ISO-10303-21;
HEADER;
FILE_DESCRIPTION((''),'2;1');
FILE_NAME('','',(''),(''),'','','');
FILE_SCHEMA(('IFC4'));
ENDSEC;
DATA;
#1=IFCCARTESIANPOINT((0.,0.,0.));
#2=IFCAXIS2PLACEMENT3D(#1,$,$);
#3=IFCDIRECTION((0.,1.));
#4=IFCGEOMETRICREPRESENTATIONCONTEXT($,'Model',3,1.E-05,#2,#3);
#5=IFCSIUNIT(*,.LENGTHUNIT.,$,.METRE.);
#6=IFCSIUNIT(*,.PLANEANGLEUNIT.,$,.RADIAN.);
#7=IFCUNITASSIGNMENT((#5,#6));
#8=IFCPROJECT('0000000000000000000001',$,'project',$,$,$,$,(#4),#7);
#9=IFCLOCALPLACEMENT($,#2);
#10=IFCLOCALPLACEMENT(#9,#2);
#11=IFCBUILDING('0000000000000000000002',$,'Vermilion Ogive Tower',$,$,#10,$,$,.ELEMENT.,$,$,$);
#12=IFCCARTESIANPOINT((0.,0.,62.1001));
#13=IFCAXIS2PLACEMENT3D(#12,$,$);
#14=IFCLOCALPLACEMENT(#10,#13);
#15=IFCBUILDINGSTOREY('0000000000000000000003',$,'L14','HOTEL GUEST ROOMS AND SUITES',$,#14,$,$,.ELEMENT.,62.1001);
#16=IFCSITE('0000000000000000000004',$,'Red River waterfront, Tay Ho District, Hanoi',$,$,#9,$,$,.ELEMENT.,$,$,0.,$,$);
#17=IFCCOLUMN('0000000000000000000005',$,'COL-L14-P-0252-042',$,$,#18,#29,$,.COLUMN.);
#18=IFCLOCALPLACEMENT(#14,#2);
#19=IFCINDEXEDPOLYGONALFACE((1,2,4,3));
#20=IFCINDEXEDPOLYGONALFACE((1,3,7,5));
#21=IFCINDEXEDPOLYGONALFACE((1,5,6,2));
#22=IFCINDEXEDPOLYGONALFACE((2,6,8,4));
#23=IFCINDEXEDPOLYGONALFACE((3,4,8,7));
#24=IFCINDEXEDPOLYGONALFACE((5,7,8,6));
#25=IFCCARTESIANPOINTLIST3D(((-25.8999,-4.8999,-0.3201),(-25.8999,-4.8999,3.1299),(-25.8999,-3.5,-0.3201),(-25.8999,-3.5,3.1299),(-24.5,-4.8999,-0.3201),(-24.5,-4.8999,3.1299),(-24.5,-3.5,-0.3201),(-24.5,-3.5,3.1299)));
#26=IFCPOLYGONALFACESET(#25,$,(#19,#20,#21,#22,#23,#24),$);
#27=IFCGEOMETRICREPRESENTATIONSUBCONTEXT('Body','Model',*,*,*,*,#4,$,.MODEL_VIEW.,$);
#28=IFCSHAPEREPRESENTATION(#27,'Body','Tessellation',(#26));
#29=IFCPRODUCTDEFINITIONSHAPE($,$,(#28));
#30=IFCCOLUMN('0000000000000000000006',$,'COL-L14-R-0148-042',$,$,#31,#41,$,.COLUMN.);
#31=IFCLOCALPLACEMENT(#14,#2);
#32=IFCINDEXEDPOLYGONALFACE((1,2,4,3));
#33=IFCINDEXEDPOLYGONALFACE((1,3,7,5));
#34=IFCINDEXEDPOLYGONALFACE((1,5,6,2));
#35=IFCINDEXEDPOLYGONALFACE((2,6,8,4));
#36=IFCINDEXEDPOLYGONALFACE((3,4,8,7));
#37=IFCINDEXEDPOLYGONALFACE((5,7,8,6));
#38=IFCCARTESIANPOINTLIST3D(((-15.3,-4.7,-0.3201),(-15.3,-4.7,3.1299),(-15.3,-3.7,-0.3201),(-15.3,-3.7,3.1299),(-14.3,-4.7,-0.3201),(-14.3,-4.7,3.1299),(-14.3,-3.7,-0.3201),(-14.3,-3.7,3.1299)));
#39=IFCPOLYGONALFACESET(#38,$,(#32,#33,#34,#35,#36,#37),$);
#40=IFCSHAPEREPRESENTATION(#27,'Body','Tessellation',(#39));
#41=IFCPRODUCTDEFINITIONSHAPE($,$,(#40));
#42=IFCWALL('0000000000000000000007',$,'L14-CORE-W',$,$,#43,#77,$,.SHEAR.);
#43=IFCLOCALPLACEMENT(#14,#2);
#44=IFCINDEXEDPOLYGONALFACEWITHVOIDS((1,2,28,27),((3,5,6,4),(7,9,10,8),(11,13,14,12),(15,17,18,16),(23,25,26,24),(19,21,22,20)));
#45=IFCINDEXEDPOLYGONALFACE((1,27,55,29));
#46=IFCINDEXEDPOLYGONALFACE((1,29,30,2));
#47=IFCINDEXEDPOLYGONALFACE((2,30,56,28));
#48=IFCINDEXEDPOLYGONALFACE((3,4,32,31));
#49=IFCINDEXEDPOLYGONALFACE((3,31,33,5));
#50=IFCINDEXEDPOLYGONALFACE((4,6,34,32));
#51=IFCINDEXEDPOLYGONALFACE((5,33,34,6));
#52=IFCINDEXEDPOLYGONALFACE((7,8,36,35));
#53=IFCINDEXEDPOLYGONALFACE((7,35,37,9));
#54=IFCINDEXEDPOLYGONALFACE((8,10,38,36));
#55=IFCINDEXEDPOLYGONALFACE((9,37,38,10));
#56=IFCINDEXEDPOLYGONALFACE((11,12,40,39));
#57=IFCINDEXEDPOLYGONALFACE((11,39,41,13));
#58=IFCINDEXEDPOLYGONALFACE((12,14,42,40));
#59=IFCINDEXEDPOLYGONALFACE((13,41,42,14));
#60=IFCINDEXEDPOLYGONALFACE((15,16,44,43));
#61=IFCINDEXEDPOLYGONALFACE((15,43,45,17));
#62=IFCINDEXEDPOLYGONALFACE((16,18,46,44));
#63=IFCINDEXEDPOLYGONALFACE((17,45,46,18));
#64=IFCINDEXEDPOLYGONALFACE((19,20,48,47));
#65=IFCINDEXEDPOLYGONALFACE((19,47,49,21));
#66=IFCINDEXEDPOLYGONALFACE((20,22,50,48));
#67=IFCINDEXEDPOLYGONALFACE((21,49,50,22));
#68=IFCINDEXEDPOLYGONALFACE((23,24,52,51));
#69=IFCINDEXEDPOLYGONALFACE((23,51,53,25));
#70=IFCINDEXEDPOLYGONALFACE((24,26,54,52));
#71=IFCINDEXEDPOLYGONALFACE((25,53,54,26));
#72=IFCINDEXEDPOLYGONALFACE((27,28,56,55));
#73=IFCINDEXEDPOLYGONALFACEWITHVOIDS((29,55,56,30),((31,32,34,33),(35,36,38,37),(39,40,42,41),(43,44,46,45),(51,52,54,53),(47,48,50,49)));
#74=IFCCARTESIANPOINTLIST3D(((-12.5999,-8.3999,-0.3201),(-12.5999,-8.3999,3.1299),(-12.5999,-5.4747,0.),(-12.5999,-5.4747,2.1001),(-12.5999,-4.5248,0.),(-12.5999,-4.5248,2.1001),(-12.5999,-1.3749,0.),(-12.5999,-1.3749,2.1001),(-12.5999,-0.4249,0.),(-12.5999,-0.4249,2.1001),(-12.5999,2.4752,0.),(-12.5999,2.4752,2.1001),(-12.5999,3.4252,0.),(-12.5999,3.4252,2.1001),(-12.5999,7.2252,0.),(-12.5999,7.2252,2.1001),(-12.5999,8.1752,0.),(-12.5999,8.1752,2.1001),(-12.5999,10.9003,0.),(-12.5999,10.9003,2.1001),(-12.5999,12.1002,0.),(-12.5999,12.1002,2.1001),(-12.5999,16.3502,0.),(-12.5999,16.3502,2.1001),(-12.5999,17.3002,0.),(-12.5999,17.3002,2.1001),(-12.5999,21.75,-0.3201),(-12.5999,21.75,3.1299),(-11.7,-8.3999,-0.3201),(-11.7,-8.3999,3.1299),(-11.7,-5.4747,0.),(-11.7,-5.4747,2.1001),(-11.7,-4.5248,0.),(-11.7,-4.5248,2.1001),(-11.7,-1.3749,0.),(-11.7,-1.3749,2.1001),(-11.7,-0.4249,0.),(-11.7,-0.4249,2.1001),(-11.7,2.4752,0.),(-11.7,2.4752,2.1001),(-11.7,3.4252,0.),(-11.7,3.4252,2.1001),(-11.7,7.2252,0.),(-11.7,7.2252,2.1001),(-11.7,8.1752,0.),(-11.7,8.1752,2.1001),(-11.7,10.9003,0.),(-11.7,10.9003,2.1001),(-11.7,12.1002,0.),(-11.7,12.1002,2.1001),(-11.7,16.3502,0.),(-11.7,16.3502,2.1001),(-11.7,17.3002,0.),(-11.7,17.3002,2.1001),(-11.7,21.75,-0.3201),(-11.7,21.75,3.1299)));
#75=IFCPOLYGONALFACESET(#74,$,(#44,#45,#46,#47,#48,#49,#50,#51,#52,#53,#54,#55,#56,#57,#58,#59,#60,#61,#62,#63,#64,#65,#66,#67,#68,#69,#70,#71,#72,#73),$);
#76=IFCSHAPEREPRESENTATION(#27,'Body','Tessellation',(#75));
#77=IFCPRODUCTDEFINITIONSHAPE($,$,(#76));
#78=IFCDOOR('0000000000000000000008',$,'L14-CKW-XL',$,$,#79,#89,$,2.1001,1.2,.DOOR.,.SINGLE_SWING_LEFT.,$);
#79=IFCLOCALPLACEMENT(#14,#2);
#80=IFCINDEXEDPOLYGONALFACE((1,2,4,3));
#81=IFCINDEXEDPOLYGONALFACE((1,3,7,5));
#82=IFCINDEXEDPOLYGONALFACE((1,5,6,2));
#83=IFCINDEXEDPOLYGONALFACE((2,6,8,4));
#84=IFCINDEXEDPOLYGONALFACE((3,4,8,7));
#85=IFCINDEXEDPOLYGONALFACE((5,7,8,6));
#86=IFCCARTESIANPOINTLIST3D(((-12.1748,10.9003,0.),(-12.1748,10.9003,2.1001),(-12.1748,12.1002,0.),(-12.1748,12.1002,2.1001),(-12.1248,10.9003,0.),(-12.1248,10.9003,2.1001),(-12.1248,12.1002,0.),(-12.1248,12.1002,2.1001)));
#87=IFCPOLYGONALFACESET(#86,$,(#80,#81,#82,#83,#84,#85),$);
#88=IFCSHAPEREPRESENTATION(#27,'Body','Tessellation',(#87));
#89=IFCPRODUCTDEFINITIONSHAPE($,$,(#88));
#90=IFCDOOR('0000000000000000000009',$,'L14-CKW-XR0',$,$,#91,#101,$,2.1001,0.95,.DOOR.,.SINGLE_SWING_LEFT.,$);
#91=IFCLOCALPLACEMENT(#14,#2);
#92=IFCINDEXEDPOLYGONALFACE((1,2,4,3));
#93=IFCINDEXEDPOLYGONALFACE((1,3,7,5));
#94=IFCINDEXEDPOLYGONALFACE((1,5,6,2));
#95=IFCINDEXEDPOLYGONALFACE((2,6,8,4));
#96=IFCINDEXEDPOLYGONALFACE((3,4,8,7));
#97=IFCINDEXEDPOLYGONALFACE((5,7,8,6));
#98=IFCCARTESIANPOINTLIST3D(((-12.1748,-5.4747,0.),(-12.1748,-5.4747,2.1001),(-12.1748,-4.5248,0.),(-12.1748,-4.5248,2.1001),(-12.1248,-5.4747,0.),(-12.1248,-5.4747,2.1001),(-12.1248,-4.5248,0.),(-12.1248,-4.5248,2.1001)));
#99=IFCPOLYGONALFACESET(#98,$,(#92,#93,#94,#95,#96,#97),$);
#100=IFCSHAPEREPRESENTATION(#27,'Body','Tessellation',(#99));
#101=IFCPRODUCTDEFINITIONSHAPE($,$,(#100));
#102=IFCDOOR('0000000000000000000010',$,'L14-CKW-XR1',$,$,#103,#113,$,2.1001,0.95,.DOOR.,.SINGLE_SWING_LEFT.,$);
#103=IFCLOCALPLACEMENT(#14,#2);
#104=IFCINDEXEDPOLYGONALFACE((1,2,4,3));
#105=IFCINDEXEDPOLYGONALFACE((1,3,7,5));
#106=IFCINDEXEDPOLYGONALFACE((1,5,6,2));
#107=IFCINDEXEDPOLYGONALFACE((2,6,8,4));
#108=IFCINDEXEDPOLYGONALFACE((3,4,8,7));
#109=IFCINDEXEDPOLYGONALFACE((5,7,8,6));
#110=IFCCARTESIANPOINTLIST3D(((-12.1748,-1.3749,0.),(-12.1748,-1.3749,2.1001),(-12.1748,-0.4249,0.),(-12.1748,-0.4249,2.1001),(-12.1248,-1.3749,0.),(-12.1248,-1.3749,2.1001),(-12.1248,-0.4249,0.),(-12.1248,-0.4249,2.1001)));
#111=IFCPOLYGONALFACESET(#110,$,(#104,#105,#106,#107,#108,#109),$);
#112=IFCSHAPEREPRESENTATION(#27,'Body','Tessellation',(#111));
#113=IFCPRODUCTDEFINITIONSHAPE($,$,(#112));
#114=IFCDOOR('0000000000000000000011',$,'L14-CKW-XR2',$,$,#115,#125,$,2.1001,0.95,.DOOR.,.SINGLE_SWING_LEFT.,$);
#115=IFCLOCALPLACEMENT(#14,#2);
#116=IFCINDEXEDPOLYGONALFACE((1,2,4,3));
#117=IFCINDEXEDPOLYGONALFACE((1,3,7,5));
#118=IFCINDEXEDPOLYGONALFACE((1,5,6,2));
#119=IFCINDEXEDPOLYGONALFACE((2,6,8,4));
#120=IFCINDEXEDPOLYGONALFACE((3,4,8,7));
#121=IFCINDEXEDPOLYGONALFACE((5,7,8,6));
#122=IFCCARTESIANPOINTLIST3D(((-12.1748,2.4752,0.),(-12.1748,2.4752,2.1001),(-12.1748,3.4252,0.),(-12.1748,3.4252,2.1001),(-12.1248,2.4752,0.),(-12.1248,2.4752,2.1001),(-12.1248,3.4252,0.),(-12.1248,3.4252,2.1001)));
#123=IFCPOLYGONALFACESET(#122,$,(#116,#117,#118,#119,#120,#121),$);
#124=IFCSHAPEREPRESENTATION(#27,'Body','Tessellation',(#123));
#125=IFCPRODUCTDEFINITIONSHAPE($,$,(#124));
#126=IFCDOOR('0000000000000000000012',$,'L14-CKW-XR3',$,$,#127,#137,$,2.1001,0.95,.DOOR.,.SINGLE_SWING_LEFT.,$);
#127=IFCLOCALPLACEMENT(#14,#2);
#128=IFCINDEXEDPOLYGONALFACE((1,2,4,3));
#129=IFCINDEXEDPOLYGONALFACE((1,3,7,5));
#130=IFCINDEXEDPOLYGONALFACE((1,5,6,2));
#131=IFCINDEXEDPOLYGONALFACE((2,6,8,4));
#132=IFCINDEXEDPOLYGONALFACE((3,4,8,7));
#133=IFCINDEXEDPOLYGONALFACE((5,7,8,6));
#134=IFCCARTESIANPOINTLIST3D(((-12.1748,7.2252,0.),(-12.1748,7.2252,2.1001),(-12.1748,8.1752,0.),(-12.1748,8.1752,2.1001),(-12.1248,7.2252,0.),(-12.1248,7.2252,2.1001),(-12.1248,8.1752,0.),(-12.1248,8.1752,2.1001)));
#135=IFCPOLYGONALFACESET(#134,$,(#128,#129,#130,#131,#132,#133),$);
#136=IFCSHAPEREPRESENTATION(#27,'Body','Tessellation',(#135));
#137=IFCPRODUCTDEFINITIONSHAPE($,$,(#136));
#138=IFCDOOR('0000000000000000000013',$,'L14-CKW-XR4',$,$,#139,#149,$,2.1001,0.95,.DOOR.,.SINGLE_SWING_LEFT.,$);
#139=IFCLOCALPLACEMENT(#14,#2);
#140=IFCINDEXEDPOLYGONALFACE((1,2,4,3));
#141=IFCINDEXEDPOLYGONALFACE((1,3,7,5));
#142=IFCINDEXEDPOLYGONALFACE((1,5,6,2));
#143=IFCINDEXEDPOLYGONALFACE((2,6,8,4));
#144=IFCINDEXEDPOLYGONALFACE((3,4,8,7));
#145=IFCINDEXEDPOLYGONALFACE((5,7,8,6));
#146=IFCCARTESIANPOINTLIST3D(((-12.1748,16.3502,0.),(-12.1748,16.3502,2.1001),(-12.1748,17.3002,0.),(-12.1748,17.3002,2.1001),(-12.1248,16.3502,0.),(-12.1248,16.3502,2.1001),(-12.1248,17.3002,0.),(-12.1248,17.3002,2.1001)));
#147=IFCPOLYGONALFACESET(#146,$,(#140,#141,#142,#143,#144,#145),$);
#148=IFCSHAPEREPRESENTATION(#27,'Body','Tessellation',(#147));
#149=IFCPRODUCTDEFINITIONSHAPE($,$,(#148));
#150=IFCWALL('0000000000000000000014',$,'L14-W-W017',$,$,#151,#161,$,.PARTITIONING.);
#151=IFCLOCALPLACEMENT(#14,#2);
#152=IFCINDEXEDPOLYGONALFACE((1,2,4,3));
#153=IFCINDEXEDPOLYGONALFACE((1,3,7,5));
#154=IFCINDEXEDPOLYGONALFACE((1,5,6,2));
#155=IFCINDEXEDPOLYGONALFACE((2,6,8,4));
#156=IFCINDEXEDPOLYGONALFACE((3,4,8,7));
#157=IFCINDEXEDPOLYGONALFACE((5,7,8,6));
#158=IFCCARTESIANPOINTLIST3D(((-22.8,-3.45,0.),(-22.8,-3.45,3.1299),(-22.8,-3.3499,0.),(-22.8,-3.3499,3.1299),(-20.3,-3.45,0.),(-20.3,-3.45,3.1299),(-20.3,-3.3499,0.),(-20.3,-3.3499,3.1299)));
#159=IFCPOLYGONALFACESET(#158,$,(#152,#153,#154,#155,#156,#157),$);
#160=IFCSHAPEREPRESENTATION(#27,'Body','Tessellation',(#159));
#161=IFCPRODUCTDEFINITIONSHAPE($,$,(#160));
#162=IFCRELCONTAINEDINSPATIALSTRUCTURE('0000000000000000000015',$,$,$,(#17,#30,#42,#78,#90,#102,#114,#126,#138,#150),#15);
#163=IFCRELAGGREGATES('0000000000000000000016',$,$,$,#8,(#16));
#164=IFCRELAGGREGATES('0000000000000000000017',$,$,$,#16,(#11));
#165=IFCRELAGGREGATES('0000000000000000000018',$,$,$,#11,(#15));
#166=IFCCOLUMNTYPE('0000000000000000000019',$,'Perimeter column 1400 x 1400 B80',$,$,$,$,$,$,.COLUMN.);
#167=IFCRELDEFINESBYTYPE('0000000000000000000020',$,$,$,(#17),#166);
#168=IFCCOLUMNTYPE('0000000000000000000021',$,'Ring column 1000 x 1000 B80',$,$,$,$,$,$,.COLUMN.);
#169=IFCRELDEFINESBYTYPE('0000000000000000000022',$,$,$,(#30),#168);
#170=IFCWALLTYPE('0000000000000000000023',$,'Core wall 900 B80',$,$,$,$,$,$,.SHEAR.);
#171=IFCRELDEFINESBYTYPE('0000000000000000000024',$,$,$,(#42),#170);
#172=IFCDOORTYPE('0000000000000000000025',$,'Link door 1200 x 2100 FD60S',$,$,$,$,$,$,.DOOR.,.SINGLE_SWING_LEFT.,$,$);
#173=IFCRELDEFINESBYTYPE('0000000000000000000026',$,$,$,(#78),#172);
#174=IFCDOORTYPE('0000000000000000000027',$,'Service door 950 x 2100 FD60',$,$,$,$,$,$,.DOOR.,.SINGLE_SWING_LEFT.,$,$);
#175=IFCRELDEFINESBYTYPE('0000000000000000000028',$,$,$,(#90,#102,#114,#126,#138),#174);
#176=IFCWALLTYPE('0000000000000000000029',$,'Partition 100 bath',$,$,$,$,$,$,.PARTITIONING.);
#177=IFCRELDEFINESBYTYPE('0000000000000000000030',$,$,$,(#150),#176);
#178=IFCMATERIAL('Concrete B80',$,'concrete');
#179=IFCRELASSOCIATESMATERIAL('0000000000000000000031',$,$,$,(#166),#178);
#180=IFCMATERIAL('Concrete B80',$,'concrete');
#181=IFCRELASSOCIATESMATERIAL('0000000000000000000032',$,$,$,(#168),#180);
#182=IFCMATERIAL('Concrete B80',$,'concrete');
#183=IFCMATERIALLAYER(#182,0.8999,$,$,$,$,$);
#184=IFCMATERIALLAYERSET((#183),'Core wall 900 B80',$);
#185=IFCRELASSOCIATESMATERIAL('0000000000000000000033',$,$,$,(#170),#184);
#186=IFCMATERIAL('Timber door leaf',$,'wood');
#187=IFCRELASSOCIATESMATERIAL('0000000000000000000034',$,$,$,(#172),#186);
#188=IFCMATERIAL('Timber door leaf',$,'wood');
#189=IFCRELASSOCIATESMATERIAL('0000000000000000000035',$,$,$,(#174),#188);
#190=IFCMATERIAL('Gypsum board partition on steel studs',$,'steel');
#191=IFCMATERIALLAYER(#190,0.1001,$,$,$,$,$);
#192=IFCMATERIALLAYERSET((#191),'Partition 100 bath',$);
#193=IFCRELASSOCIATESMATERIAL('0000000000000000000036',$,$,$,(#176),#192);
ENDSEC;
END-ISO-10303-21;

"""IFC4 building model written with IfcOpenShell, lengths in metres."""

from ifc_helpers import new_model, si_unit, direction, frame, frame_2d, origin, origin_2d, place, context, subcontext, project, spatial, rectangle, extrude, material, layer, layer_set, material_profile, profile_set, type_object, element, fill, save


model = new_model("IFC4")

# Units and contexts
model_context = context("Model", 3, precision=1e-05, world=origin(), true_north=direction((0.0, 1.0)))
body_context = subcontext(model_context, "Body", "Model", "MODEL_VIEW")
ifc_project = project(units=[si_unit("LENGTHUNIT", "METRE"), si_unit("PLANEANGLEUNIT", "RADIAN")], contexts=[model_context])

# Site, building, storey
site_placement = place(None, origin())
site = spatial("IfcSite", under=ifc_project, at=site_placement, Name="Red River waterfront, Tay Ho District, Hanoi", CompositionType="ELEMENT", RefElevation=0.0)
building_placement = place(site_placement, origin())
building = spatial("IfcBuilding", under=site, at=building_placement, Name="Vermilion Ogive Tower", CompositionType="ELEMENT")
storey_placement = place(building_placement, frame((0.0, 0.0, 62.1001)))
storey = spatial("IfcBuildingStorey", under=building, at=storey_placement, Name="L14", Description="HOTEL GUEST ROOMS AND SUITES", CompositionType="ELEMENT", Elevation=62.1001)

# Columns
ifc_material_1 = material(Name="Concrete B80", Category="concrete")
ifc_material_profile_1 = material_profile(ifc_material_1, rectangle(XDim=1.3999, YDim=1.3999, at=origin_2d()), Name="1400 x 1400")
ifc_profile_set_1 = profile_set([ifc_material_profile_1], Name="Concrete B80")
column_type_1 = type_object("IfcColumnType", Name="Perimeter column 1400 x 1400 B80", PredefinedType="COLUMN", material=ifc_profile_set_1)
column_1_placement = place(storey_placement, frame((-25.2, -4.2, -0.3201), z_axis=(0.0, 0.0, 1.0), x_axis=(1.0, 0.0, 0.0)))
element("IfcColumn", 1, at=column_1_placement, inside=storey, type_object=column_type_1, Name="COL-L14-P-0252-042", PredefinedType="COLUMN", context=body_context, shape_type="SweptSolid", body=[
    extrude(rectangle(XDim=1.3999, YDim=1.3999, at=origin_2d()), origin(), (0.0, 0.0, 1.0), 3.45),
])
ifc_material_2 = material(Name="Concrete B80", Category="concrete")
ifc_material_profile_2 = material_profile(ifc_material_2, rectangle(XDim=1.0, YDim=1.0, at=origin_2d()), Name="1000 x 1000")
ifc_profile_set_2 = profile_set([ifc_material_profile_2], Name="Concrete B80")
column_type_2 = type_object("IfcColumnType", Name="Ring column 1000 x 1000 B80", PredefinedType="COLUMN", material=ifc_profile_set_2)
column_2_placement = place(storey_placement, frame((-14.8, -4.2, -0.3201), z_axis=(0.0, 0.0, 1.0), x_axis=(1.0, 0.0, 0.0)))
element("IfcColumn", 2, at=column_2_placement, inside=storey, type_object=column_type_2, Name="COL-L14-R-0148-042", PredefinedType="COLUMN", context=body_context, shape_type="SweptSolid", body=[
    extrude(rectangle(XDim=1.0, YDim=1.0, at=origin_2d()), origin(), (0.0, 0.0, 1.0), 3.45),
])

# Wall, openings, doors
ifc_material_3 = material(Name="Concrete B80", Category="concrete")
ifc_layer_1 = layer(ifc_material_3, 0.8999)
ifc_layer_set_1 = layer_set([ifc_layer_1], Name="Core wall 900 B80")
wall_type_1 = type_object("IfcWallType", Name="Core wall 900 B80", PredefinedType="SHEAR", material=ifc_layer_set_1)
wall_1_placement = place(storey_placement, frame((-12.1499, -8.3999, -0.3201), z_axis=(0.0, 0.0, 1.0), x_axis=(0.0, 1.0, 0.0)))
wall_1 = element("IfcWall", 3, at=wall_1_placement, inside=storey, type_object=wall_type_1, Name="L14-CORE-W", PredefinedType="SHEAR", context=body_context, shape_type="SweptSolid", body=[
    extrude(rectangle(XDim=30.1499, YDim=0.8999, at=frame_2d((15.075, 0.0))), origin(), (0.0, 0.0, 1.0), 3.45),
])
opening_1_placement = place(wall_1_placement, frame((2.925, 0.0, 0.3201)))
opening_1 = element("IfcOpeningElement", 4, at=opening_1_placement, cuts=wall_1, PredefinedType="OPENING", context=body_context, shape_type="SweptSolid", body=[
    extrude(rectangle(XDim=0.95, YDim=2.1001, at=frame_2d((0.4751, 1.05))), frame((0.0, 0.46, 0.0), z_axis=(0.0, -1.0, 0.0), x_axis=(1.0, 0.0, 0.0)), (0.0, 0.0, 1.0), 0.9199),
])
opening_2_placement = place(wall_1_placement, frame((7.0249, 0.0, 0.3201)))
opening_2 = element("IfcOpeningElement", 5, at=opening_2_placement, cuts=wall_1, PredefinedType="OPENING", context=body_context, shape_type="SweptSolid", body=[
    extrude(rectangle(XDim=0.95, YDim=2.1001, at=frame_2d((0.4751, 1.05))), frame((0.0, 0.46, 0.0), z_axis=(0.0, -1.0, 0.0), x_axis=(1.0, 0.0, 0.0)), (0.0, 0.0, 1.0), 0.9199),
])
opening_3_placement = place(wall_1_placement, frame((10.875, 0.0, 0.3201)))
opening_3 = element("IfcOpeningElement", 6, at=opening_3_placement, cuts=wall_1, PredefinedType="OPENING", context=body_context, shape_type="SweptSolid", body=[
    extrude(rectangle(XDim=0.95, YDim=2.1001, at=frame_2d((0.4751, 1.05))), frame((0.0, 0.46, 0.0), z_axis=(0.0, -1.0, 0.0), x_axis=(1.0, 0.0, 0.0)), (0.0, 0.0, 1.0), 0.9199),
])
opening_4_placement = place(wall_1_placement, frame((15.625, 0.0, 0.3201)))
opening_4 = element("IfcOpeningElement", 7, at=opening_4_placement, cuts=wall_1, PredefinedType="OPENING", context=body_context, shape_type="SweptSolid", body=[
    extrude(rectangle(XDim=0.95, YDim=2.1001, at=frame_2d((0.4751, 1.05))), frame((0.0, 0.46, 0.0), z_axis=(0.0, -1.0, 0.0), x_axis=(1.0, 0.0, 0.0)), (0.0, 0.0, 1.0), 0.9199),
])
opening_5_placement = place(wall_1_placement, frame((24.75, 0.0, 0.3201)))
opening_5 = element("IfcOpeningElement", 8, at=opening_5_placement, cuts=wall_1, PredefinedType="OPENING", context=body_context, shape_type="SweptSolid", body=[
    extrude(rectangle(XDim=0.95, YDim=2.1001, at=frame_2d((0.4751, 1.05))), frame((0.0, 0.46, 0.0), z_axis=(0.0, -1.0, 0.0), x_axis=(1.0, 0.0, 0.0)), (0.0, 0.0, 1.0), 0.9199),
])
opening_6_placement = place(wall_1_placement, frame((19.3, 0.0, 0.3201)))
opening_6 = element("IfcOpeningElement", 9, at=opening_6_placement, cuts=wall_1, PredefinedType="OPENING", context=body_context, shape_type="SweptSolid", body=[
    extrude(rectangle(XDim=1.2, YDim=2.1001, at=frame_2d((0.6001, 1.05))), frame((0.0, 0.46, 0.0), z_axis=(0.0, -1.0, 0.0), x_axis=(1.0, 0.0, 0.0)), (0.0, 0.0, 1.0), 0.9199),
])
ifc_material_4 = material(Name="Timber door leaf", Category="wood")
door_type_1 = type_object("IfcDoorType", Name="Link door 1200 x 2100 FD60S", OperationType="SINGLE_SWING_LEFT", PredefinedType="DOOR", material=ifc_material_4)
door_1_placement = place(opening_6_placement, origin())
door_1 = element("IfcDoor", 10, at=door_1_placement, inside=storey, type_object=door_type_1, Name="L14-CKW-XL", OperationType="SINGLE_SWING_LEFT", OverallHeight=2.1001, OverallWidth=1.2, PredefinedType="DOOR", context=body_context, shape_type="SweptSolid", body=[
    extrude(rectangle(XDim=1.2, YDim=2.1001, at=frame_2d((0.6001, 1.05))), frame((0.0, 0.0249, 0.0), z_axis=(0.0, -1.0, 0.0), x_axis=(1.0, 0.0, 0.0)), (0.0, 0.0, 1.0), 0.05),
])
fill(opening_6, door_1)
ifc_material_5 = material(Name="Timber door leaf", Category="wood")
door_type_2 = type_object("IfcDoorType", Name="Service door 950 x 2100 FD60", OperationType="SINGLE_SWING_LEFT", PredefinedType="DOOR", material=ifc_material_5)
door_2_placement = place(opening_1_placement, origin())
door_2 = element("IfcDoor", 11, at=door_2_placement, inside=storey, type_object=door_type_2, Name="L14-CKW-XR0", OperationType="SINGLE_SWING_LEFT", OverallHeight=2.1001, OverallWidth=0.95, PredefinedType="DOOR", context=body_context, shape_type="SweptSolid", body=[
    extrude(rectangle(XDim=0.95, YDim=2.1001, at=frame_2d((0.4751, 1.05))), frame((0.0, 0.0249, 0.0), z_axis=(0.0, -1.0, 0.0), x_axis=(1.0, 0.0, 0.0)), (0.0, 0.0, 1.0), 0.05),
])
fill(opening_1, door_2)
door_3_placement = place(opening_2_placement, origin())
door_3 = element("IfcDoor", 12, at=door_3_placement, inside=storey, type_object=door_type_2, Name="L14-CKW-XR1", OperationType="SINGLE_SWING_LEFT", OverallHeight=2.1001, OverallWidth=0.95, PredefinedType="DOOR", context=body_context, shape_type="SweptSolid", body=[
    extrude(rectangle(XDim=0.95, YDim=2.1001, at=frame_2d((0.4751, 1.05))), frame((0.0, 0.0249, 0.0), z_axis=(0.0, -1.0, 0.0), x_axis=(1.0, 0.0, 0.0)), (0.0, 0.0, 1.0), 0.05),
])
fill(opening_2, door_3)
door_4_placement = place(opening_3_placement, origin())
door_4 = element("IfcDoor", 13, at=door_4_placement, inside=storey, type_object=door_type_2, Name="L14-CKW-XR2", OperationType="SINGLE_SWING_LEFT", OverallHeight=2.1001, OverallWidth=0.95, PredefinedType="DOOR", context=body_context, shape_type="SweptSolid", body=[
    extrude(rectangle(XDim=0.95, YDim=2.1001, at=frame_2d((0.4751, 1.05))), frame((0.0, 0.0249, 0.0), z_axis=(0.0, -1.0, 0.0), x_axis=(1.0, 0.0, 0.0)), (0.0, 0.0, 1.0), 0.05),
])
fill(opening_3, door_4)
door_5_placement = place(opening_4_placement, origin())
door_5 = element("IfcDoor", 14, at=door_5_placement, inside=storey, type_object=door_type_2, Name="L14-CKW-XR3", OperationType="SINGLE_SWING_LEFT", OverallHeight=2.1001, OverallWidth=0.95, PredefinedType="DOOR", context=body_context, shape_type="SweptSolid", body=[
    extrude(rectangle(XDim=0.95, YDim=2.1001, at=frame_2d((0.4751, 1.05))), frame((0.0, 0.0249, 0.0), z_axis=(0.0, -1.0, 0.0), x_axis=(1.0, 0.0, 0.0)), (0.0, 0.0, 1.0), 0.05),
])
fill(opening_4, door_5)
door_6_placement = place(opening_5_placement, origin())
door_6 = element("IfcDoor", 15, at=door_6_placement, inside=storey, type_object=door_type_2, Name="L14-CKW-XR4", OperationType="SINGLE_SWING_LEFT", OverallHeight=2.1001, OverallWidth=0.95, PredefinedType="DOOR", context=body_context, shape_type="SweptSolid", body=[
    extrude(rectangle(XDim=0.95, YDim=2.1001, at=frame_2d((0.4751, 1.05))), frame((0.0, 0.0249, 0.0), z_axis=(0.0, -1.0, 0.0), x_axis=(1.0, 0.0, 0.0)), (0.0, 0.0, 1.0), 0.05),
])
fill(opening_5, door_6)

# Wall
ifc_material_6 = material(Name="Gypsum board partition on steel studs", Category="steel")
ifc_layer_2 = layer(ifc_material_6, 0.1001)
ifc_layer_set_2 = layer_set([ifc_layer_2], Name="Partition 100 bath")
wall_type_2 = type_object("IfcWallType", Name="Partition 100 bath", PredefinedType="PARTITIONING", material=ifc_layer_set_2)
wall_2_placement = place(storey_placement, frame((-22.8, -3.3999, 0.0), z_axis=(0.0, 0.0, 1.0), x_axis=(1.0, 0.0, 0.0)))
element("IfcWall", 16, at=wall_2_placement, inside=storey, type_object=wall_type_2, Name="L14-W-W017", PredefinedType="PARTITIONING", context=body_context, shape_type="SweptSolid", body=[
    extrude(rectangle(XDim=2.5, YDim=0.1001, at=frame_2d((1.25, 0.0))), origin(), (0.0, 0.0, 1.0), 3.1299),
])

save(model, "model.ifc")
